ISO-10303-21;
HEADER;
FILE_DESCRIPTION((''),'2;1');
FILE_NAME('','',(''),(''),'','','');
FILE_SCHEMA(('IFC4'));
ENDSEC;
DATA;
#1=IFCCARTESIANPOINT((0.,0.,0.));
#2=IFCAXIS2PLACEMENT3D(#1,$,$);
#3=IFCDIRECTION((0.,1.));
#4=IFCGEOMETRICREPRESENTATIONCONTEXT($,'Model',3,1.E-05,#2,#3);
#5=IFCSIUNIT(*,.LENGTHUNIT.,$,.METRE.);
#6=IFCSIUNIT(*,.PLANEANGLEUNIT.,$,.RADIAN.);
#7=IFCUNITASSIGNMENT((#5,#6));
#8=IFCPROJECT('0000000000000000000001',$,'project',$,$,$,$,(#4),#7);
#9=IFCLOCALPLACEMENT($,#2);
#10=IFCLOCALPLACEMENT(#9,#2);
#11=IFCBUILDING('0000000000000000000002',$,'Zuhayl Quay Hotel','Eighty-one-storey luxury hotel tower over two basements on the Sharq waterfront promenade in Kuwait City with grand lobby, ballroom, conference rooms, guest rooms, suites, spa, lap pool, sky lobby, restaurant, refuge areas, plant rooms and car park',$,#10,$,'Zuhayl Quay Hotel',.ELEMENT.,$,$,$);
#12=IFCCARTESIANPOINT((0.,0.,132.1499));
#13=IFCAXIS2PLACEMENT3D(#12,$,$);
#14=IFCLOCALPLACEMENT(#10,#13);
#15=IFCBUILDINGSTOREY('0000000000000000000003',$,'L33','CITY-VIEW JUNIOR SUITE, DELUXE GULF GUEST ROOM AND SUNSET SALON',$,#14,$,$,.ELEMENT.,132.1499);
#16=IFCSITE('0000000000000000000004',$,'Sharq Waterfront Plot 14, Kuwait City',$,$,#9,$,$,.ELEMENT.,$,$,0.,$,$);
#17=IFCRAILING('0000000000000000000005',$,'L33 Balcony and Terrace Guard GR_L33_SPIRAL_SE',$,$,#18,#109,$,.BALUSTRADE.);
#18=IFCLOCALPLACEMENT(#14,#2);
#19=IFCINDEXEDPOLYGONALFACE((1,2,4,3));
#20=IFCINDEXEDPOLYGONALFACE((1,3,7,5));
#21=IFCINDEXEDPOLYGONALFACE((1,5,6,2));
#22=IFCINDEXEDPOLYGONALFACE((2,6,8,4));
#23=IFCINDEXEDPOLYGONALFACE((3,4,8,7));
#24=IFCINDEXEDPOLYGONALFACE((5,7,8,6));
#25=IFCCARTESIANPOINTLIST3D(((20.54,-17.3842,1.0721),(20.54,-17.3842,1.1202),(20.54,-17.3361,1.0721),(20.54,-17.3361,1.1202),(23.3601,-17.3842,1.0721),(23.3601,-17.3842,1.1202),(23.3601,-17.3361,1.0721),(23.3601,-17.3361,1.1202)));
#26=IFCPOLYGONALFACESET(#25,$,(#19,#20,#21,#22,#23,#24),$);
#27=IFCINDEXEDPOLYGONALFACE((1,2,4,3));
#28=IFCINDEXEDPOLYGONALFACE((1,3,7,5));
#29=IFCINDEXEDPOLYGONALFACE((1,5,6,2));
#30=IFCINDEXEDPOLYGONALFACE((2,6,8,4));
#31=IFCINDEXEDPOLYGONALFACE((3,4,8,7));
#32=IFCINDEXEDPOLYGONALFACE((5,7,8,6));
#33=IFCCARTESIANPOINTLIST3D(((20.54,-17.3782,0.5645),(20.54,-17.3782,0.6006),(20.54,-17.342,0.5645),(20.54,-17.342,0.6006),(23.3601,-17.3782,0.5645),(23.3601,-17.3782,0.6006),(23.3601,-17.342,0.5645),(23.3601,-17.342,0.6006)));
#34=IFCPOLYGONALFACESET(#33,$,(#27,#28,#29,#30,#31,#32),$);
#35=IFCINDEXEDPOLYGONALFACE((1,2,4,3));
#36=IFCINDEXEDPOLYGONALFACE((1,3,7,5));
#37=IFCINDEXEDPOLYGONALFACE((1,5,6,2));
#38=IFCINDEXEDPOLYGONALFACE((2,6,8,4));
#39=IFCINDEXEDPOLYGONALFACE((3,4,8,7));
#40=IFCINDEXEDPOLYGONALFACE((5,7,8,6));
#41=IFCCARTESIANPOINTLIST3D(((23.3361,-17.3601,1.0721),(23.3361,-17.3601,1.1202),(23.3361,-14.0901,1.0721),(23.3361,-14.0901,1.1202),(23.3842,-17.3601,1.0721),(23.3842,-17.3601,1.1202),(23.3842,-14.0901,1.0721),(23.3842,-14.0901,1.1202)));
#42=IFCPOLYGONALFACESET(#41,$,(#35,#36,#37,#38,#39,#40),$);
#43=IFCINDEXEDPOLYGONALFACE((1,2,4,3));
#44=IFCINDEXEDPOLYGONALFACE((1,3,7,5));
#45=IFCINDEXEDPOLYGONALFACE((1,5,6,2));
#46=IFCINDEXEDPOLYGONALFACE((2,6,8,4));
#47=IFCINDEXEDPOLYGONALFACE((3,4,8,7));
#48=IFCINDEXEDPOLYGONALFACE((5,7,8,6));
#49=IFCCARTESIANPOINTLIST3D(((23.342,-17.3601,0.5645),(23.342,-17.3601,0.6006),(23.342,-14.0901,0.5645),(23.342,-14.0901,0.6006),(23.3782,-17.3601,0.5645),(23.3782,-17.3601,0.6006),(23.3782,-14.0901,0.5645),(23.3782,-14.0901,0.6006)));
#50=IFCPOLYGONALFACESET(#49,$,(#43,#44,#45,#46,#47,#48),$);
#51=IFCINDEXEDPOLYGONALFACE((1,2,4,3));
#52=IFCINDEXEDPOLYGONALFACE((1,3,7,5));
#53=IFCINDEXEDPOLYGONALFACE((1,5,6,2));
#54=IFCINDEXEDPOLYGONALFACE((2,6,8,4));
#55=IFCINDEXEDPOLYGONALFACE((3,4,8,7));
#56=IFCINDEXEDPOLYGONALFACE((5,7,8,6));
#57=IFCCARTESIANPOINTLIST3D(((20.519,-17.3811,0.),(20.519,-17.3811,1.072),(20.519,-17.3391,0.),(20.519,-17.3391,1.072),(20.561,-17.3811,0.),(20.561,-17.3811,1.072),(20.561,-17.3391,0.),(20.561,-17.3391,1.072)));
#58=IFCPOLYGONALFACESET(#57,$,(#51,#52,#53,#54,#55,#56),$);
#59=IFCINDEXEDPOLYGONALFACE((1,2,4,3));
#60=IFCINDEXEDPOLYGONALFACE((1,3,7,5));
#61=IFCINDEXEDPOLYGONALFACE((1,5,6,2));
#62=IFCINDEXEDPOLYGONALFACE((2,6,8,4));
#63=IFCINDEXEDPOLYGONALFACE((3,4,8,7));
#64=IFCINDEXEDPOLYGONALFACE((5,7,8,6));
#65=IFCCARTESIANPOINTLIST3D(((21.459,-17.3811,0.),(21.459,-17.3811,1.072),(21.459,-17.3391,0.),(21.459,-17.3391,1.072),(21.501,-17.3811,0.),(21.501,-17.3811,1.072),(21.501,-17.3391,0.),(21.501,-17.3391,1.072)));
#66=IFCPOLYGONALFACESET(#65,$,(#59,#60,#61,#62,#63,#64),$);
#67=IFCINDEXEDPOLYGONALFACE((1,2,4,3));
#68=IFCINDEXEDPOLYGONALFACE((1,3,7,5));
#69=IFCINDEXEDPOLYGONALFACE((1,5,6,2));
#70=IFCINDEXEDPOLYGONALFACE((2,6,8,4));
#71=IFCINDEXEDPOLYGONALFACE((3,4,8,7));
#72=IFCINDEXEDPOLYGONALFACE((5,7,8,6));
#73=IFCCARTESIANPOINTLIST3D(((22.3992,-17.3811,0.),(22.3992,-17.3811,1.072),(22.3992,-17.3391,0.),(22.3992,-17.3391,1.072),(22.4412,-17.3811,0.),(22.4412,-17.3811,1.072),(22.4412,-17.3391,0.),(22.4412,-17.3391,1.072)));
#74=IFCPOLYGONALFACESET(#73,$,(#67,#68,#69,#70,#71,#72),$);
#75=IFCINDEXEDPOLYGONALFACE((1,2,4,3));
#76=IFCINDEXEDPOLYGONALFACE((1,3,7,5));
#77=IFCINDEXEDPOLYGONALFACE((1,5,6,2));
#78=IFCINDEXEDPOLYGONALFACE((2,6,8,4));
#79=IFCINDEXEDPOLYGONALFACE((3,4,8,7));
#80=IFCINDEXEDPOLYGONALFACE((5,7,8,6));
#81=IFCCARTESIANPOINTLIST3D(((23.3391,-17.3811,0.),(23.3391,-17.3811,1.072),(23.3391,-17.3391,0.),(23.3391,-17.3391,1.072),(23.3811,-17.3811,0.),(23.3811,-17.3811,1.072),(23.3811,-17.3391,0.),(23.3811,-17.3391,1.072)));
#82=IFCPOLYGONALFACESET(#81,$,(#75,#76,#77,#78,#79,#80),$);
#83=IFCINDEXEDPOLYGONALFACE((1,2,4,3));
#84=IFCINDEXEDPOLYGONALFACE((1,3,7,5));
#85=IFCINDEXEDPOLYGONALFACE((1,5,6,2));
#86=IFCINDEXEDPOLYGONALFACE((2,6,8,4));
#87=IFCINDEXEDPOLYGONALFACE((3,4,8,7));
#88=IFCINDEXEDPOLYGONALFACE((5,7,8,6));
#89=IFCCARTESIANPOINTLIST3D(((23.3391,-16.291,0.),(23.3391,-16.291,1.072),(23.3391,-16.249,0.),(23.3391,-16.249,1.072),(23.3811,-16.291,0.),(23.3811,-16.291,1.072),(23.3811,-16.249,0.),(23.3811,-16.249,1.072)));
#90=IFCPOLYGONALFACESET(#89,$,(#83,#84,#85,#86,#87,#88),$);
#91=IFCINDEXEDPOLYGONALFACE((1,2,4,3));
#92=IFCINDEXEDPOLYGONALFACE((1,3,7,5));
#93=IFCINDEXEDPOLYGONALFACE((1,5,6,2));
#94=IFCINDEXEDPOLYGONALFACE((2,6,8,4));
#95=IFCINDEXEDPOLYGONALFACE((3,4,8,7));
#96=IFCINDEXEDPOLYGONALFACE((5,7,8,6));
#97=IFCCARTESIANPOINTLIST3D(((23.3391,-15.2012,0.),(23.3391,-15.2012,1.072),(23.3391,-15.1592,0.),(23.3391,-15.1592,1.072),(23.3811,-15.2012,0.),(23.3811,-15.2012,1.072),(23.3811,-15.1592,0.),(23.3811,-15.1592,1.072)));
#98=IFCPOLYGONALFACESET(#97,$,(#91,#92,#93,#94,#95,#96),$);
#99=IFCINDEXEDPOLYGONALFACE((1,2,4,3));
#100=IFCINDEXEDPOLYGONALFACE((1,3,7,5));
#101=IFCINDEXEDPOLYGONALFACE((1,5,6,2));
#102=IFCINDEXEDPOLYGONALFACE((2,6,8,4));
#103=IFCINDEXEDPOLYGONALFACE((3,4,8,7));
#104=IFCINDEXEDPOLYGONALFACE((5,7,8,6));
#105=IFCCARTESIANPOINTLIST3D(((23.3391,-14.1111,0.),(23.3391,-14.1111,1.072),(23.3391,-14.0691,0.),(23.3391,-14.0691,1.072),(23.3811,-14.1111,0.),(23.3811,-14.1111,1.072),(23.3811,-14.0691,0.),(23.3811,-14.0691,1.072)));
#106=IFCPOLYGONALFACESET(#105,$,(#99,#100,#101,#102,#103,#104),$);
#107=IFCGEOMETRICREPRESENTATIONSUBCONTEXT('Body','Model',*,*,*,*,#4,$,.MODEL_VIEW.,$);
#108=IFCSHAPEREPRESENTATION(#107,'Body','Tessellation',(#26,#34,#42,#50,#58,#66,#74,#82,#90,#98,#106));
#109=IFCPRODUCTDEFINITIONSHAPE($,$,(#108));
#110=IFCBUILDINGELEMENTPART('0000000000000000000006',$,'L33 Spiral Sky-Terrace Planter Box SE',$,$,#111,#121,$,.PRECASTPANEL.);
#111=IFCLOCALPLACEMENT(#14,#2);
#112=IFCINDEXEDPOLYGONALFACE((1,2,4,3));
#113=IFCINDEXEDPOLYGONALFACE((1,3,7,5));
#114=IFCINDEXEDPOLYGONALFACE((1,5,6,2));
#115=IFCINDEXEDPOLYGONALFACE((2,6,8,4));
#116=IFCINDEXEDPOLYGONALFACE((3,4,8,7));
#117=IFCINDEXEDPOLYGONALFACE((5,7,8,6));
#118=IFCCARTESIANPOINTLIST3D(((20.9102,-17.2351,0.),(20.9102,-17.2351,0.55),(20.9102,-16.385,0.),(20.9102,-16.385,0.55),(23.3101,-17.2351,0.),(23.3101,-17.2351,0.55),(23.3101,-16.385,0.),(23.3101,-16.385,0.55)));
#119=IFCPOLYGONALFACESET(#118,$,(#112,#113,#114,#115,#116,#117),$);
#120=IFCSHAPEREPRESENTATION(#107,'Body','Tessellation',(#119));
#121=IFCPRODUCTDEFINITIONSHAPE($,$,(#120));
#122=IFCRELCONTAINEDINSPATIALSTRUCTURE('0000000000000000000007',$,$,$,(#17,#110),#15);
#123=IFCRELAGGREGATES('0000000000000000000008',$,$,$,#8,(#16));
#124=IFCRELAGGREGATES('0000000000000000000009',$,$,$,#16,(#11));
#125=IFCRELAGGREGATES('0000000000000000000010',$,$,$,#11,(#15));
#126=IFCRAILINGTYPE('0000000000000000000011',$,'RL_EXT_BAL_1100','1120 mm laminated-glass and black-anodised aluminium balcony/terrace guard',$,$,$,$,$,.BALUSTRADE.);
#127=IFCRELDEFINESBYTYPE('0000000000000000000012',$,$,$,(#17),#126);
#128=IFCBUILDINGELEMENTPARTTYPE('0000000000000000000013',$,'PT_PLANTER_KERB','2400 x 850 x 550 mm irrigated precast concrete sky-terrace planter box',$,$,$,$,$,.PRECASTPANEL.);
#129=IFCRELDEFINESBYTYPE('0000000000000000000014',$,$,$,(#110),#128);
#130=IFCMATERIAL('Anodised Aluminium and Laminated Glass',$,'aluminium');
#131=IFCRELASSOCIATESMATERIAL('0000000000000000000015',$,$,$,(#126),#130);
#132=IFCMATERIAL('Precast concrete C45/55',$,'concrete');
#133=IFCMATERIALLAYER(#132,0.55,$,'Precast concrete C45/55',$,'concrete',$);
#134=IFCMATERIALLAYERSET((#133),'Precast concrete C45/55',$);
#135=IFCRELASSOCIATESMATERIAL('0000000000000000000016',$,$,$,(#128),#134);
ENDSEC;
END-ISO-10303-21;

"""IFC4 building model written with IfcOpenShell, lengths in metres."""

from ifc_helpers import new_model, si_unit, direction, frame, origin, origin_2d, place, context, subcontext, project, spatial, rectangle, extrude, material, layer, layer_set, type_object, element, save


model = new_model("IFC4")

# Units and contexts
model_context = context("Model", 3, precision=1e-05, world=origin(), true_north=direction((0.0, 1.0)))
body_context = subcontext(model_context, "Body", "Model", "MODEL_VIEW")
ifc_project = project(units=[si_unit("LENGTHUNIT", "METRE"), si_unit("PLANEANGLEUNIT", "RADIAN")], contexts=[model_context])

# Site, building, storey
site_placement = place(None, origin())
site = spatial("IfcSite", under=ifc_project, at=site_placement, Name="Sharq Waterfront Plot 14, Kuwait City", CompositionType="ELEMENT", RefElevation=0.0)
building_placement = place(site_placement, origin())
building = spatial("IfcBuilding", under=site, at=building_placement, Name="Zuhayl Quay Hotel", Description="Eighty-one-storey luxury hotel tower over two basements on the Sharq waterfront promenade in Kuwait City with grand lobby, ballroom, conference rooms, guest rooms, suites, spa, lap pool, sky lobby, restaurant, refuge areas, plant rooms and car park", LongName="Zuhayl Quay Hotel", CompositionType="ELEMENT")
storey_placement = place(building_placement, frame((0.0, 0.0, 132.1499)))
storey = spatial("IfcBuildingStorey", under=building, at=storey_placement, Name="L33", Description="CITY-VIEW JUNIOR SUITE, DELUXE GULF GUEST ROOM AND SUNSET SALON", CompositionType="ELEMENT", Elevation=132.1499)

# Shared definitions
ifc_material_1 = material(Name="Precast concrete C45/55", Category="concrete")

# Railing
ifc_material_2 = material(Name="Anodised Aluminium and Laminated Glass", Category="aluminium")
railing_type = type_object("IfcRailingType", Name="RL_EXT_BAL_1100", Description="1120 mm laminated-glass and black-anodised aluminium balcony/terrace guard", PredefinedType="BALUSTRADE", material=ifc_material_2)
railing_placement = place(storey_placement, frame((20.54, -17.3601, 0.0)))
element("IfcRailing", 1, at=railing_placement, inside=storey, type_object=railing_type, Name="L33 Balcony and Terrace Guard GR_L33_SPIRAL_SE", PredefinedType="BALUSTRADE", context=body_context, shape_type="SweptSolid", body=[
    extrude(rectangle(XDim=0.0481, YDim=0.0481, at=origin_2d()), frame((0.0, 0.0, 1.0962), z_axis=(1.0, 0.0, 0.0), x_axis=(0.0, 1.0, 0.0)), (0.0, 0.0, 1.0), 2.8201),
    extrude(rectangle(XDim=0.0361, YDim=0.0361, at=origin_2d()), frame((0.0, 0.0, 0.5825), z_axis=(1.0, 0.0, 0.0), x_axis=(0.0, 1.0, 0.0)), (0.0, 0.0, 1.0), 2.8201),
    extrude(rectangle(XDim=0.0481, YDim=0.0481, at=origin_2d()), frame((2.8201, 0.0, 1.0962), z_axis=(0.0, 1.0, 0.0), x_axis=(-1.0, 0.0, 0.0)), (0.0, 0.0, 1.0), 3.27),
    extrude(rectangle(XDim=0.0361, YDim=0.0361, at=origin_2d()), frame((2.8201, 0.0, 0.5825), z_axis=(0.0, 1.0, 0.0), x_axis=(-1.0, 0.0, 0.0)), (0.0, 0.0, 1.0), 3.27),
    extrude(rectangle(XDim=0.042, YDim=0.042, at=origin_2d()), origin(), (0.0, 0.0, 1.0), 1.072),
    extrude(rectangle(XDim=0.042, YDim=0.042, at=origin_2d()), frame((0.9399, 0.0, 0.0)), (0.0, 0.0, 1.0), 1.072),
    extrude(rectangle(XDim=0.042, YDim=0.042, at=origin_2d()), frame((1.8801, 0.0, 0.0)), (0.0, 0.0, 1.0), 1.072),
    extrude(rectangle(XDim=0.042, YDim=0.042, at=origin_2d()), frame((2.8201, 0.0, 0.0)), (0.0, 0.0, 1.0), 1.072),
    extrude(rectangle(XDim=0.042, YDim=0.042, at=origin_2d()), frame((2.8201, 1.0901, 0.0)), (0.0, 0.0, 1.0), 1.072),
    extrude(rectangle(XDim=0.042, YDim=0.042, at=origin_2d()), frame((2.8201, 2.1799, 0.0)), (0.0, 0.0, 1.0), 1.072),
    extrude(rectangle(XDim=0.042, YDim=0.042, at=origin_2d()), frame((2.8201, 3.27, 0.0)), (0.0, 0.0, 1.0), 1.072),
])

# Building element part
ifc_layer_1 = layer(ifc_material_1, 0.55, Name="Precast concrete C45/55", Category="concrete")
ifc_layer_set_1 = layer_set([ifc_layer_1], Name="Precast concrete C45/55")
building_element_part_type = type_object("IfcBuildingElementPartType", Name="PT_PLANTER_KERB", Description="2400 x 850 x 550 mm irrigated precast concrete sky-terrace planter box", PredefinedType="PRECASTPANEL", material=ifc_layer_set_1)
building_element_part_placement = place(storey_placement, frame((22.1101, -16.8101, 0.0), z_axis=(0.0, 0.0, 1.0), x_axis=(1.0, 0.0, 0.0)))
element("IfcBuildingElementPart", 2, at=building_element_part_placement, inside=storey, type_object=building_element_part_type, Name="L33 Spiral Sky-Terrace Planter Box SE", PredefinedType="PRECASTPANEL", context=body_context, shape_type="SweptSolid", body=[
    extrude(rectangle(XDim=2.3999, YDim=0.8501, at=origin_2d()), origin(), (0.0, 0.0, 1.0), 0.55),
])

save(model, "model.ifc")
